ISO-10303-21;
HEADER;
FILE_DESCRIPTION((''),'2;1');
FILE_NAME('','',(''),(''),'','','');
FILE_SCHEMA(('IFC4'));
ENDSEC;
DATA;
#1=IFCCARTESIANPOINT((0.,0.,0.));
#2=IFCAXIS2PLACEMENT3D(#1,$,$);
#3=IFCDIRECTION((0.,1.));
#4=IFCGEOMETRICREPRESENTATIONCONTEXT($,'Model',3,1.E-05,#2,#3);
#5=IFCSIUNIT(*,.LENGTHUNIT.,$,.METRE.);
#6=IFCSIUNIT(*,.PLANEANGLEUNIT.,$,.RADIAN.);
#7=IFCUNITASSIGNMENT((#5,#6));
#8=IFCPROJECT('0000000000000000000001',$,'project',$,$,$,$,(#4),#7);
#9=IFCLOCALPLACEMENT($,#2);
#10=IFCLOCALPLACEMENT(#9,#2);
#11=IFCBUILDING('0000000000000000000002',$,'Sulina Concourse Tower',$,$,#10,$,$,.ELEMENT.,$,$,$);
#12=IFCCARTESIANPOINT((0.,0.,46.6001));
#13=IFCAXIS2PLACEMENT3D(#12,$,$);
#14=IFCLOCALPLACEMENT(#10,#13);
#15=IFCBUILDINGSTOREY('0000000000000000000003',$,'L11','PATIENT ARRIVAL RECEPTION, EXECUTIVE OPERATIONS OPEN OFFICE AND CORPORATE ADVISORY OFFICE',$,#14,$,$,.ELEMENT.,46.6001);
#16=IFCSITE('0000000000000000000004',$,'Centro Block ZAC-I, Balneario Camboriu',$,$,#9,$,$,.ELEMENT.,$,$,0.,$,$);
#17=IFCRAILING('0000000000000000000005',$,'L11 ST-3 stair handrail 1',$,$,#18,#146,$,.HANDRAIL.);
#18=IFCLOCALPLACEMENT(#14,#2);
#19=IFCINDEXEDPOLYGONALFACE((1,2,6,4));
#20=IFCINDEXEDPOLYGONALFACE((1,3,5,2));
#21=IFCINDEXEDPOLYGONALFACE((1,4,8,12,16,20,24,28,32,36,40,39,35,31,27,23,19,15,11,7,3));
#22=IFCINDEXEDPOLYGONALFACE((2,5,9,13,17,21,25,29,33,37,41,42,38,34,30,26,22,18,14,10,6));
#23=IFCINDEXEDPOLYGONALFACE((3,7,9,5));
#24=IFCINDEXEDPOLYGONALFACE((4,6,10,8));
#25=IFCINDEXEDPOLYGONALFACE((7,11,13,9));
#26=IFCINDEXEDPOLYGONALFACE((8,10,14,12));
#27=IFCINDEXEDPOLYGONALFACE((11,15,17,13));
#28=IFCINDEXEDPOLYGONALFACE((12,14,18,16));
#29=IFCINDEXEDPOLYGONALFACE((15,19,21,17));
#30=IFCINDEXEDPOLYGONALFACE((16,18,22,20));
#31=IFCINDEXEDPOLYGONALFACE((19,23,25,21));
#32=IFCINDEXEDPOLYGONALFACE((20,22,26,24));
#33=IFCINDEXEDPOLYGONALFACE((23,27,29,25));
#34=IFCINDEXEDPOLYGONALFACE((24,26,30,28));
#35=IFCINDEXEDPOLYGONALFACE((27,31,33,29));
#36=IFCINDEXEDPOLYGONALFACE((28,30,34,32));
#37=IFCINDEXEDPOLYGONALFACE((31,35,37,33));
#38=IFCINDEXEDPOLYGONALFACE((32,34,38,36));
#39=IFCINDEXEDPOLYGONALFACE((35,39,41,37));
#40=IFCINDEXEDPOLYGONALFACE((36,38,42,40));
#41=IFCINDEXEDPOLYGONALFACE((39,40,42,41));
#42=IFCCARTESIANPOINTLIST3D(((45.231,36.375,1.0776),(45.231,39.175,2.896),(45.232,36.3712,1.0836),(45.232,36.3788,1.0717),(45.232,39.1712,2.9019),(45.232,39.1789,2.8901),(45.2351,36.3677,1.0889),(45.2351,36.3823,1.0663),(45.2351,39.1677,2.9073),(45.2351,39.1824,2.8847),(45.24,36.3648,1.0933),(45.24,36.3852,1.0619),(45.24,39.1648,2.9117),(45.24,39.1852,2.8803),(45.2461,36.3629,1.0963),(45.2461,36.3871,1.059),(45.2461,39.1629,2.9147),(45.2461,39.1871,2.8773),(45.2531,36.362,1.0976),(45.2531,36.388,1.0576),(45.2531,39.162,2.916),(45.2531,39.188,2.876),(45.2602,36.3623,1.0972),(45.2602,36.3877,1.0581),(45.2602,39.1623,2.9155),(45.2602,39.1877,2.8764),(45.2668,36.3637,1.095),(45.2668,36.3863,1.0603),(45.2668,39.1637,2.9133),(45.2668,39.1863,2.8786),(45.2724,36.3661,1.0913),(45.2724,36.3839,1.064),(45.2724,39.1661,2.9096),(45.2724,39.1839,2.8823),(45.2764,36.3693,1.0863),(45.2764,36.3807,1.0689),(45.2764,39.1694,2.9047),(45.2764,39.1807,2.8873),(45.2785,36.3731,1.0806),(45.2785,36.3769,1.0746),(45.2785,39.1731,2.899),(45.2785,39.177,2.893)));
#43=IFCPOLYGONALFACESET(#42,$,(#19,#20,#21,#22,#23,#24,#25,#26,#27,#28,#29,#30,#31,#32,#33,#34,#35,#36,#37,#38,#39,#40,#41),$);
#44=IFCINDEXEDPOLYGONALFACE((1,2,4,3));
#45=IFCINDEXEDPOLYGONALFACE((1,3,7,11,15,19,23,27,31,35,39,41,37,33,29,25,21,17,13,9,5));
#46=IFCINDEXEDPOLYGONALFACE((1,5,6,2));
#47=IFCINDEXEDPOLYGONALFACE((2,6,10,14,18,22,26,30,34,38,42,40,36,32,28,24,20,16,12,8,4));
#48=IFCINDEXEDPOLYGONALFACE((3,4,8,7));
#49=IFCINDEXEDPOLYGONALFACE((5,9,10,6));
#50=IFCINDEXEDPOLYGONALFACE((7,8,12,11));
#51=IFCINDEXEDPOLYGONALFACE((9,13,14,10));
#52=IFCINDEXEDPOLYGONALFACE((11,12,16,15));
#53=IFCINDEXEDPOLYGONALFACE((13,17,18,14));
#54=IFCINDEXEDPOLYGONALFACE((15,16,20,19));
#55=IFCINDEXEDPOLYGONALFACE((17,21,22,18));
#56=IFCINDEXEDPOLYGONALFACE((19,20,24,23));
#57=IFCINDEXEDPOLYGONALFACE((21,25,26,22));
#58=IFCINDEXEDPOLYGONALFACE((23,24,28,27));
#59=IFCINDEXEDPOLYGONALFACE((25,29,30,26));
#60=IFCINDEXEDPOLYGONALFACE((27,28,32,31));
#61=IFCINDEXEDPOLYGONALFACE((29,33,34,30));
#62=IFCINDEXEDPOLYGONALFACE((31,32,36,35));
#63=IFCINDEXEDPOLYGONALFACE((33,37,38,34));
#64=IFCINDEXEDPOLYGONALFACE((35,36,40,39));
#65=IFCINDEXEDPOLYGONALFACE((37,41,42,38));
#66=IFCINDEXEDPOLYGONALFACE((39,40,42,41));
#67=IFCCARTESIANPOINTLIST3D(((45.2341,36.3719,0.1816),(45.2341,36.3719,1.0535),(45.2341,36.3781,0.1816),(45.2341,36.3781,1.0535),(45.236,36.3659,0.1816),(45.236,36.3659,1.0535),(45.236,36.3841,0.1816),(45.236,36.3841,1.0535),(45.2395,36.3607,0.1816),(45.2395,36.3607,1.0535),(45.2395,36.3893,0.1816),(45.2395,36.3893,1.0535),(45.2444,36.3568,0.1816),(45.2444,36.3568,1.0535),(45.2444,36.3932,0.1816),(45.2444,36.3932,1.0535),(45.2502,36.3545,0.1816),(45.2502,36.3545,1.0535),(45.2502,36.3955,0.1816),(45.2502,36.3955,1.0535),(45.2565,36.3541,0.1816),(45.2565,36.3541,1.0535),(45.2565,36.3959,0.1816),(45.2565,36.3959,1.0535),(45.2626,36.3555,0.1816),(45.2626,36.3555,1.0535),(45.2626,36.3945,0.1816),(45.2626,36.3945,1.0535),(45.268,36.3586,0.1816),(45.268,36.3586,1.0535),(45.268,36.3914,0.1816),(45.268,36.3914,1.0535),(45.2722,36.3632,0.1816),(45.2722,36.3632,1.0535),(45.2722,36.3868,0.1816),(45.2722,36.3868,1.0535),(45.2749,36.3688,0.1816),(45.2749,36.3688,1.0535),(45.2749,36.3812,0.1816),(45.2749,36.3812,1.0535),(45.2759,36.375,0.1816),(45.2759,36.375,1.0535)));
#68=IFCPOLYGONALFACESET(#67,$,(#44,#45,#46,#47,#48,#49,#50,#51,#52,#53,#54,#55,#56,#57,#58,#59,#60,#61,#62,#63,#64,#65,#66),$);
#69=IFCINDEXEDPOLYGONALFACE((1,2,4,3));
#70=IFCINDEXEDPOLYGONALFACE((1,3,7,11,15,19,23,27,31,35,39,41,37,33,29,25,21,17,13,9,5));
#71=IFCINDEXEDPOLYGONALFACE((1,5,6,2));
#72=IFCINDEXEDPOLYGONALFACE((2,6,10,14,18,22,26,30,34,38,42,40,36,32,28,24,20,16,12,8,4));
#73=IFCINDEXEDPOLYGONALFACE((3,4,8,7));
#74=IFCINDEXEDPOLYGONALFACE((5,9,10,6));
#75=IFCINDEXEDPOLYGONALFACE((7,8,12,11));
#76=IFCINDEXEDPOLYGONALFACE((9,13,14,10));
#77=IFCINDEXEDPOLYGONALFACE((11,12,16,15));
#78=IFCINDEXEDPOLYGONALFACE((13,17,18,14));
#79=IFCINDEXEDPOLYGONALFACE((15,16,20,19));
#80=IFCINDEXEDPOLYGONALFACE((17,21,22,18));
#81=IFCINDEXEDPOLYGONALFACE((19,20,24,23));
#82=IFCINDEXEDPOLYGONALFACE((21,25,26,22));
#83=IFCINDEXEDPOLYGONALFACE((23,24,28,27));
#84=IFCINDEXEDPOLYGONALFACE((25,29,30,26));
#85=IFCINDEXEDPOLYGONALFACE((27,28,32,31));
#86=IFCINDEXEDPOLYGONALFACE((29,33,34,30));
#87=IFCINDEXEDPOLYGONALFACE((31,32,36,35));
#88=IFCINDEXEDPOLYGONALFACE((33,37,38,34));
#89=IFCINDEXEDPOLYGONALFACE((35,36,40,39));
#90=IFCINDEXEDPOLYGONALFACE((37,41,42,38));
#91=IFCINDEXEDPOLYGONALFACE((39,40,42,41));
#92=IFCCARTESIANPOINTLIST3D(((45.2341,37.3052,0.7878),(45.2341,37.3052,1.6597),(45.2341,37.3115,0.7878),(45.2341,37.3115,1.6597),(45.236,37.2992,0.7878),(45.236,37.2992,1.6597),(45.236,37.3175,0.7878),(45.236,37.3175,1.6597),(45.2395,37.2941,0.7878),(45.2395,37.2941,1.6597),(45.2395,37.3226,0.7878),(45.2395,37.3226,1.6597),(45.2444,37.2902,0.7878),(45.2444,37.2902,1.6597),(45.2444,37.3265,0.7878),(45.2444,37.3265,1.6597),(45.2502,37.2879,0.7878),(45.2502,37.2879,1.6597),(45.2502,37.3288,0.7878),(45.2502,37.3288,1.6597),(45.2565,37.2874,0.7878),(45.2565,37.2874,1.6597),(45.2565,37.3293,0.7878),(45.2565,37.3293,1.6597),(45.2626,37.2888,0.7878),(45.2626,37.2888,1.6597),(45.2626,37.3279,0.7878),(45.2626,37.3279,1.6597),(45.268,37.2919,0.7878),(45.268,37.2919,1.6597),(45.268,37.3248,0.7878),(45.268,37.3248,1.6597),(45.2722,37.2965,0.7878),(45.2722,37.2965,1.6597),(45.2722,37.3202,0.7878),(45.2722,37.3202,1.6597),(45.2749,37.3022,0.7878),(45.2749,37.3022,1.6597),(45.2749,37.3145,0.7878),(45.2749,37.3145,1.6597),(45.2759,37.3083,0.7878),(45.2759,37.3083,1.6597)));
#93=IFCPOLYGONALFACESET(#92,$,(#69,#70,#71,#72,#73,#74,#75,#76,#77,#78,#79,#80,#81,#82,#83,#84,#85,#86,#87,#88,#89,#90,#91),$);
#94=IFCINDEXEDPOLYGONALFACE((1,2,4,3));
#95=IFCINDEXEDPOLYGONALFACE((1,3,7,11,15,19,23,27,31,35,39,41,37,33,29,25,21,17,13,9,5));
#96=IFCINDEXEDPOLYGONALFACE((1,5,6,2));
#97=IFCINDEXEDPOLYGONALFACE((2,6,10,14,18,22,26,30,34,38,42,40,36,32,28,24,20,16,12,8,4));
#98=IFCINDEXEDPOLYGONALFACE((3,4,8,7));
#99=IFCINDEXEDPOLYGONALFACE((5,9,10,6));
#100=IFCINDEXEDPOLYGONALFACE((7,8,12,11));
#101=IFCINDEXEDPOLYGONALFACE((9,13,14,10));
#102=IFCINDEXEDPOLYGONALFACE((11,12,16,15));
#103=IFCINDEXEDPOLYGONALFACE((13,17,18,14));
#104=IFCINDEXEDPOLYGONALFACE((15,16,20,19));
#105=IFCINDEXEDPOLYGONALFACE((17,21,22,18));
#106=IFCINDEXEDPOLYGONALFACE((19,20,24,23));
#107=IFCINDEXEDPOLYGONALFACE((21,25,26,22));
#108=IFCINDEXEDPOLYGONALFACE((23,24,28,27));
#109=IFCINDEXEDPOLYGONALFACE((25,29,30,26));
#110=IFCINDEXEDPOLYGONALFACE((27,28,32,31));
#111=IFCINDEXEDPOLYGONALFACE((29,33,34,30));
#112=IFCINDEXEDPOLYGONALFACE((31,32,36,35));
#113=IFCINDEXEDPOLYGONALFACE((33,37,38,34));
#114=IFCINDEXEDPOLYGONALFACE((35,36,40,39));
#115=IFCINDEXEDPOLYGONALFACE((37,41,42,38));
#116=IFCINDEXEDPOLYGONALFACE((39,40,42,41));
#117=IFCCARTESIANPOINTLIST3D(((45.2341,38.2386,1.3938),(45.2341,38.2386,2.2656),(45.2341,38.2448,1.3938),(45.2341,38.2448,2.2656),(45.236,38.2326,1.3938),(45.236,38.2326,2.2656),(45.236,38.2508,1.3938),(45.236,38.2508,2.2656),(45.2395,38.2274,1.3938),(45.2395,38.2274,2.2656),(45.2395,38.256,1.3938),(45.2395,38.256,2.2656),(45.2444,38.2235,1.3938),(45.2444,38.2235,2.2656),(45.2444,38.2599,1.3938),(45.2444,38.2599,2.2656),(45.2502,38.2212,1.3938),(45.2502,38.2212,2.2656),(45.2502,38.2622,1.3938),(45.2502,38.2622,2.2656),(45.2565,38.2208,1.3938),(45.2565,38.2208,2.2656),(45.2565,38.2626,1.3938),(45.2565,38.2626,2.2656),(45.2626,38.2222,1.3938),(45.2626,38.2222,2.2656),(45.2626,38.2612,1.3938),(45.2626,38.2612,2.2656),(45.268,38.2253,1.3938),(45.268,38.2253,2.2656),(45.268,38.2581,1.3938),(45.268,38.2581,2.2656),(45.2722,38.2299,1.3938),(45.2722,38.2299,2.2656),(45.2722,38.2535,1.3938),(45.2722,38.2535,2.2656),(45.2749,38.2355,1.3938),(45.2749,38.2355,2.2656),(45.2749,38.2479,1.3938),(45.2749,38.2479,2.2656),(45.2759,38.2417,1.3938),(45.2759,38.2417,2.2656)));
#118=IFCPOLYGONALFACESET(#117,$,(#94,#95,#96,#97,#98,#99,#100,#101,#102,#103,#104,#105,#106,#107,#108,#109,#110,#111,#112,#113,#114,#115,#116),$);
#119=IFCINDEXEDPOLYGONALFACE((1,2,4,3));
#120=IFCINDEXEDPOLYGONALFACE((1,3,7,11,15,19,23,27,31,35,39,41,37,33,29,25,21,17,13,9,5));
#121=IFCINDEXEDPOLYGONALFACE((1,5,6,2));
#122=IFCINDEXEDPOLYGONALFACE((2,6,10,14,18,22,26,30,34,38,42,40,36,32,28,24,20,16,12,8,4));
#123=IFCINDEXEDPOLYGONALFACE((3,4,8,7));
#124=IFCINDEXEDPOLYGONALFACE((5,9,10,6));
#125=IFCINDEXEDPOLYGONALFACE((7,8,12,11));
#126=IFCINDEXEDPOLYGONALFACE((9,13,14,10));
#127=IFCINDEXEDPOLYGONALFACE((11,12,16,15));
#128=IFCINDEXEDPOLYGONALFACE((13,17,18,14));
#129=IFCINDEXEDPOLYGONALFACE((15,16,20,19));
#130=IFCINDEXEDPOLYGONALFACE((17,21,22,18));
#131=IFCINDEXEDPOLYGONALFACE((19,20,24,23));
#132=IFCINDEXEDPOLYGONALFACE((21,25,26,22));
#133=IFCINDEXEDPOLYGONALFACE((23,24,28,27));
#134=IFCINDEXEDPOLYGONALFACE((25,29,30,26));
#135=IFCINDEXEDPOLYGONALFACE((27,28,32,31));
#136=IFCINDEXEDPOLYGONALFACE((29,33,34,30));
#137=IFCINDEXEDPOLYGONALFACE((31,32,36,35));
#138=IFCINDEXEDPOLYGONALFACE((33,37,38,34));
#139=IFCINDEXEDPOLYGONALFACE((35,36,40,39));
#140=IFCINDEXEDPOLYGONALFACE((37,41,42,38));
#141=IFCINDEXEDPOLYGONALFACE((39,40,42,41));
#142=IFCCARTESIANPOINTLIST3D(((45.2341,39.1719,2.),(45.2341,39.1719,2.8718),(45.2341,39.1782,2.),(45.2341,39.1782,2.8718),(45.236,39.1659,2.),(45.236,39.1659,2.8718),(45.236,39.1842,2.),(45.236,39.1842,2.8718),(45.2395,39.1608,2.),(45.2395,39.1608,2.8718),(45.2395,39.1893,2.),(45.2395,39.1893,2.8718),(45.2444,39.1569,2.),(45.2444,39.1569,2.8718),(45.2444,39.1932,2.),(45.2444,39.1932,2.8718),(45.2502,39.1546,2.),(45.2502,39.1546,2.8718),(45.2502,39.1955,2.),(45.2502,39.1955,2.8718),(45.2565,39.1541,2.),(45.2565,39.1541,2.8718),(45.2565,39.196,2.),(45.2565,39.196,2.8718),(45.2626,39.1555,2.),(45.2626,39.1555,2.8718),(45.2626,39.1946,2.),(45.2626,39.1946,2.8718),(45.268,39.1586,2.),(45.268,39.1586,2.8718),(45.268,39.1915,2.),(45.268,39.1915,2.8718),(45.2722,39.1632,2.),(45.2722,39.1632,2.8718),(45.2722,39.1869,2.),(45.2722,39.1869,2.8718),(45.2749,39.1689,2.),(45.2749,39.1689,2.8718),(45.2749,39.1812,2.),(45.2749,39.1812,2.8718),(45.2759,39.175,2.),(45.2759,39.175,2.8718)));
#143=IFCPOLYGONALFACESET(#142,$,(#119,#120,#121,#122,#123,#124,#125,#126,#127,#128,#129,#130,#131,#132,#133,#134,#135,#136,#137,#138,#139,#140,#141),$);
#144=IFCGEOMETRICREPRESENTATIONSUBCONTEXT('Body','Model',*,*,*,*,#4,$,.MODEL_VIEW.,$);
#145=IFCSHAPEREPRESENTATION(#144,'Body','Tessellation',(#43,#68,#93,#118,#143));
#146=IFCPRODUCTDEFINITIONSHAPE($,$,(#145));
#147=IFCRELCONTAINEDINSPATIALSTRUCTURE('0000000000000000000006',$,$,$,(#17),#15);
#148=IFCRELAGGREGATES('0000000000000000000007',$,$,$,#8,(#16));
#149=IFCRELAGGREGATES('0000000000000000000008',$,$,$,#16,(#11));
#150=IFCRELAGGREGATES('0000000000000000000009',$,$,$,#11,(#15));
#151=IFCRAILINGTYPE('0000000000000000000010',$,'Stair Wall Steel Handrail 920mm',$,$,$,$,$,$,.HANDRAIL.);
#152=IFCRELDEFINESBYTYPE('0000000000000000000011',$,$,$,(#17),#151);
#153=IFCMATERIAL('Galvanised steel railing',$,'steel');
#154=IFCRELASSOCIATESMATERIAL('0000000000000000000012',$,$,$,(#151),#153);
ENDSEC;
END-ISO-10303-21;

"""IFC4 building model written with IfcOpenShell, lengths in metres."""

from ifc_helpers import new_model, si_unit, direction, frame, origin, origin_2d, place, context, subcontext, project, spatial, circle, extrude, material, type_object, element, save


model = new_model("IFC4")

# Units and contexts
model_context = context("Model", 3, precision=1e-05, world=origin(), true_north=direction((0.0, 1.0)))
body_context = subcontext(model_context, "Body", "Model", "MODEL_VIEW")
ifc_project = project(units=[si_unit("LENGTHUNIT", "METRE"), si_unit("PLANEANGLEUNIT", "RADIAN")], contexts=[model_context])

# Site, building, storey
site_placement = place(None, origin())
site = spatial("IfcSite", under=ifc_project, at=site_placement, Name="Centro Block ZAC-I, Balneario Camboriu", CompositionType="ELEMENT", RefElevation=0.0)
building_placement = place(site_placement, origin())
building = spatial("IfcBuilding", under=site, at=building_placement, Name="Sulina Concourse Tower", CompositionType="ELEMENT")
storey_placement = place(building_placement, frame((0.0, 0.0, 46.6001)))
storey = spatial("IfcBuildingStorey", under=building, at=storey_placement, Name="L11", Description="PATIENT ARRIVAL RECEPTION, EXECUTIVE OPERATIONS OPEN OFFICE AND CORPORATE ADVISORY OFFICE", CompositionType="ELEMENT", Elevation=46.6001)

# Railing
ifc_material_1 = material(Name="Galvanised steel railing", Category="steel")
railing_type_1 = type_object("IfcRailingType", Name="Stair Wall Steel Handrail 920mm", PredefinedType="HANDRAIL", material=ifc_material_1)
railing_1_placement = place(storey_placement, frame((45.2549, 36.375, 0.1816)))
element("IfcRailing", 1, at=railing_1_placement, inside=storey, type_object=railing_type_1, Name="L11 ST-3 stair handrail 1", PredefinedType="HANDRAIL", context=body_context, shape_type="SweptSolid", body=[
    extrude(circle(Radius=0.0239, at=origin_2d()), frame((0.0, 0.0, 0.896), z_axis=(0.0, 0.838672, 0.544636), x_axis=(-1.0, 0.0, 0.0)), (0.0, 0.0, 1.0), 3.3386),
    extrude(circle(Radius=0.021, at=origin_2d()), origin(), (0.0, 0.0, 1.0), 0.8718),
    extrude(circle(Radius=0.021, at=origin_2d()), frame((0.0, 0.9333, 0.6062)), (0.0, 0.0, 1.0), 0.8718),
    extrude(circle(Radius=0.021, at=origin_2d()), frame((0.0, 1.8667, 1.2122)), (0.0, 0.0, 1.0), 0.8718),
    extrude(circle(Radius=0.021, at=origin_2d()), frame((0.0, 2.8, 1.8184)), (0.0, 0.0, 1.0), 0.8718),
])

save(model, "model.ifc")
